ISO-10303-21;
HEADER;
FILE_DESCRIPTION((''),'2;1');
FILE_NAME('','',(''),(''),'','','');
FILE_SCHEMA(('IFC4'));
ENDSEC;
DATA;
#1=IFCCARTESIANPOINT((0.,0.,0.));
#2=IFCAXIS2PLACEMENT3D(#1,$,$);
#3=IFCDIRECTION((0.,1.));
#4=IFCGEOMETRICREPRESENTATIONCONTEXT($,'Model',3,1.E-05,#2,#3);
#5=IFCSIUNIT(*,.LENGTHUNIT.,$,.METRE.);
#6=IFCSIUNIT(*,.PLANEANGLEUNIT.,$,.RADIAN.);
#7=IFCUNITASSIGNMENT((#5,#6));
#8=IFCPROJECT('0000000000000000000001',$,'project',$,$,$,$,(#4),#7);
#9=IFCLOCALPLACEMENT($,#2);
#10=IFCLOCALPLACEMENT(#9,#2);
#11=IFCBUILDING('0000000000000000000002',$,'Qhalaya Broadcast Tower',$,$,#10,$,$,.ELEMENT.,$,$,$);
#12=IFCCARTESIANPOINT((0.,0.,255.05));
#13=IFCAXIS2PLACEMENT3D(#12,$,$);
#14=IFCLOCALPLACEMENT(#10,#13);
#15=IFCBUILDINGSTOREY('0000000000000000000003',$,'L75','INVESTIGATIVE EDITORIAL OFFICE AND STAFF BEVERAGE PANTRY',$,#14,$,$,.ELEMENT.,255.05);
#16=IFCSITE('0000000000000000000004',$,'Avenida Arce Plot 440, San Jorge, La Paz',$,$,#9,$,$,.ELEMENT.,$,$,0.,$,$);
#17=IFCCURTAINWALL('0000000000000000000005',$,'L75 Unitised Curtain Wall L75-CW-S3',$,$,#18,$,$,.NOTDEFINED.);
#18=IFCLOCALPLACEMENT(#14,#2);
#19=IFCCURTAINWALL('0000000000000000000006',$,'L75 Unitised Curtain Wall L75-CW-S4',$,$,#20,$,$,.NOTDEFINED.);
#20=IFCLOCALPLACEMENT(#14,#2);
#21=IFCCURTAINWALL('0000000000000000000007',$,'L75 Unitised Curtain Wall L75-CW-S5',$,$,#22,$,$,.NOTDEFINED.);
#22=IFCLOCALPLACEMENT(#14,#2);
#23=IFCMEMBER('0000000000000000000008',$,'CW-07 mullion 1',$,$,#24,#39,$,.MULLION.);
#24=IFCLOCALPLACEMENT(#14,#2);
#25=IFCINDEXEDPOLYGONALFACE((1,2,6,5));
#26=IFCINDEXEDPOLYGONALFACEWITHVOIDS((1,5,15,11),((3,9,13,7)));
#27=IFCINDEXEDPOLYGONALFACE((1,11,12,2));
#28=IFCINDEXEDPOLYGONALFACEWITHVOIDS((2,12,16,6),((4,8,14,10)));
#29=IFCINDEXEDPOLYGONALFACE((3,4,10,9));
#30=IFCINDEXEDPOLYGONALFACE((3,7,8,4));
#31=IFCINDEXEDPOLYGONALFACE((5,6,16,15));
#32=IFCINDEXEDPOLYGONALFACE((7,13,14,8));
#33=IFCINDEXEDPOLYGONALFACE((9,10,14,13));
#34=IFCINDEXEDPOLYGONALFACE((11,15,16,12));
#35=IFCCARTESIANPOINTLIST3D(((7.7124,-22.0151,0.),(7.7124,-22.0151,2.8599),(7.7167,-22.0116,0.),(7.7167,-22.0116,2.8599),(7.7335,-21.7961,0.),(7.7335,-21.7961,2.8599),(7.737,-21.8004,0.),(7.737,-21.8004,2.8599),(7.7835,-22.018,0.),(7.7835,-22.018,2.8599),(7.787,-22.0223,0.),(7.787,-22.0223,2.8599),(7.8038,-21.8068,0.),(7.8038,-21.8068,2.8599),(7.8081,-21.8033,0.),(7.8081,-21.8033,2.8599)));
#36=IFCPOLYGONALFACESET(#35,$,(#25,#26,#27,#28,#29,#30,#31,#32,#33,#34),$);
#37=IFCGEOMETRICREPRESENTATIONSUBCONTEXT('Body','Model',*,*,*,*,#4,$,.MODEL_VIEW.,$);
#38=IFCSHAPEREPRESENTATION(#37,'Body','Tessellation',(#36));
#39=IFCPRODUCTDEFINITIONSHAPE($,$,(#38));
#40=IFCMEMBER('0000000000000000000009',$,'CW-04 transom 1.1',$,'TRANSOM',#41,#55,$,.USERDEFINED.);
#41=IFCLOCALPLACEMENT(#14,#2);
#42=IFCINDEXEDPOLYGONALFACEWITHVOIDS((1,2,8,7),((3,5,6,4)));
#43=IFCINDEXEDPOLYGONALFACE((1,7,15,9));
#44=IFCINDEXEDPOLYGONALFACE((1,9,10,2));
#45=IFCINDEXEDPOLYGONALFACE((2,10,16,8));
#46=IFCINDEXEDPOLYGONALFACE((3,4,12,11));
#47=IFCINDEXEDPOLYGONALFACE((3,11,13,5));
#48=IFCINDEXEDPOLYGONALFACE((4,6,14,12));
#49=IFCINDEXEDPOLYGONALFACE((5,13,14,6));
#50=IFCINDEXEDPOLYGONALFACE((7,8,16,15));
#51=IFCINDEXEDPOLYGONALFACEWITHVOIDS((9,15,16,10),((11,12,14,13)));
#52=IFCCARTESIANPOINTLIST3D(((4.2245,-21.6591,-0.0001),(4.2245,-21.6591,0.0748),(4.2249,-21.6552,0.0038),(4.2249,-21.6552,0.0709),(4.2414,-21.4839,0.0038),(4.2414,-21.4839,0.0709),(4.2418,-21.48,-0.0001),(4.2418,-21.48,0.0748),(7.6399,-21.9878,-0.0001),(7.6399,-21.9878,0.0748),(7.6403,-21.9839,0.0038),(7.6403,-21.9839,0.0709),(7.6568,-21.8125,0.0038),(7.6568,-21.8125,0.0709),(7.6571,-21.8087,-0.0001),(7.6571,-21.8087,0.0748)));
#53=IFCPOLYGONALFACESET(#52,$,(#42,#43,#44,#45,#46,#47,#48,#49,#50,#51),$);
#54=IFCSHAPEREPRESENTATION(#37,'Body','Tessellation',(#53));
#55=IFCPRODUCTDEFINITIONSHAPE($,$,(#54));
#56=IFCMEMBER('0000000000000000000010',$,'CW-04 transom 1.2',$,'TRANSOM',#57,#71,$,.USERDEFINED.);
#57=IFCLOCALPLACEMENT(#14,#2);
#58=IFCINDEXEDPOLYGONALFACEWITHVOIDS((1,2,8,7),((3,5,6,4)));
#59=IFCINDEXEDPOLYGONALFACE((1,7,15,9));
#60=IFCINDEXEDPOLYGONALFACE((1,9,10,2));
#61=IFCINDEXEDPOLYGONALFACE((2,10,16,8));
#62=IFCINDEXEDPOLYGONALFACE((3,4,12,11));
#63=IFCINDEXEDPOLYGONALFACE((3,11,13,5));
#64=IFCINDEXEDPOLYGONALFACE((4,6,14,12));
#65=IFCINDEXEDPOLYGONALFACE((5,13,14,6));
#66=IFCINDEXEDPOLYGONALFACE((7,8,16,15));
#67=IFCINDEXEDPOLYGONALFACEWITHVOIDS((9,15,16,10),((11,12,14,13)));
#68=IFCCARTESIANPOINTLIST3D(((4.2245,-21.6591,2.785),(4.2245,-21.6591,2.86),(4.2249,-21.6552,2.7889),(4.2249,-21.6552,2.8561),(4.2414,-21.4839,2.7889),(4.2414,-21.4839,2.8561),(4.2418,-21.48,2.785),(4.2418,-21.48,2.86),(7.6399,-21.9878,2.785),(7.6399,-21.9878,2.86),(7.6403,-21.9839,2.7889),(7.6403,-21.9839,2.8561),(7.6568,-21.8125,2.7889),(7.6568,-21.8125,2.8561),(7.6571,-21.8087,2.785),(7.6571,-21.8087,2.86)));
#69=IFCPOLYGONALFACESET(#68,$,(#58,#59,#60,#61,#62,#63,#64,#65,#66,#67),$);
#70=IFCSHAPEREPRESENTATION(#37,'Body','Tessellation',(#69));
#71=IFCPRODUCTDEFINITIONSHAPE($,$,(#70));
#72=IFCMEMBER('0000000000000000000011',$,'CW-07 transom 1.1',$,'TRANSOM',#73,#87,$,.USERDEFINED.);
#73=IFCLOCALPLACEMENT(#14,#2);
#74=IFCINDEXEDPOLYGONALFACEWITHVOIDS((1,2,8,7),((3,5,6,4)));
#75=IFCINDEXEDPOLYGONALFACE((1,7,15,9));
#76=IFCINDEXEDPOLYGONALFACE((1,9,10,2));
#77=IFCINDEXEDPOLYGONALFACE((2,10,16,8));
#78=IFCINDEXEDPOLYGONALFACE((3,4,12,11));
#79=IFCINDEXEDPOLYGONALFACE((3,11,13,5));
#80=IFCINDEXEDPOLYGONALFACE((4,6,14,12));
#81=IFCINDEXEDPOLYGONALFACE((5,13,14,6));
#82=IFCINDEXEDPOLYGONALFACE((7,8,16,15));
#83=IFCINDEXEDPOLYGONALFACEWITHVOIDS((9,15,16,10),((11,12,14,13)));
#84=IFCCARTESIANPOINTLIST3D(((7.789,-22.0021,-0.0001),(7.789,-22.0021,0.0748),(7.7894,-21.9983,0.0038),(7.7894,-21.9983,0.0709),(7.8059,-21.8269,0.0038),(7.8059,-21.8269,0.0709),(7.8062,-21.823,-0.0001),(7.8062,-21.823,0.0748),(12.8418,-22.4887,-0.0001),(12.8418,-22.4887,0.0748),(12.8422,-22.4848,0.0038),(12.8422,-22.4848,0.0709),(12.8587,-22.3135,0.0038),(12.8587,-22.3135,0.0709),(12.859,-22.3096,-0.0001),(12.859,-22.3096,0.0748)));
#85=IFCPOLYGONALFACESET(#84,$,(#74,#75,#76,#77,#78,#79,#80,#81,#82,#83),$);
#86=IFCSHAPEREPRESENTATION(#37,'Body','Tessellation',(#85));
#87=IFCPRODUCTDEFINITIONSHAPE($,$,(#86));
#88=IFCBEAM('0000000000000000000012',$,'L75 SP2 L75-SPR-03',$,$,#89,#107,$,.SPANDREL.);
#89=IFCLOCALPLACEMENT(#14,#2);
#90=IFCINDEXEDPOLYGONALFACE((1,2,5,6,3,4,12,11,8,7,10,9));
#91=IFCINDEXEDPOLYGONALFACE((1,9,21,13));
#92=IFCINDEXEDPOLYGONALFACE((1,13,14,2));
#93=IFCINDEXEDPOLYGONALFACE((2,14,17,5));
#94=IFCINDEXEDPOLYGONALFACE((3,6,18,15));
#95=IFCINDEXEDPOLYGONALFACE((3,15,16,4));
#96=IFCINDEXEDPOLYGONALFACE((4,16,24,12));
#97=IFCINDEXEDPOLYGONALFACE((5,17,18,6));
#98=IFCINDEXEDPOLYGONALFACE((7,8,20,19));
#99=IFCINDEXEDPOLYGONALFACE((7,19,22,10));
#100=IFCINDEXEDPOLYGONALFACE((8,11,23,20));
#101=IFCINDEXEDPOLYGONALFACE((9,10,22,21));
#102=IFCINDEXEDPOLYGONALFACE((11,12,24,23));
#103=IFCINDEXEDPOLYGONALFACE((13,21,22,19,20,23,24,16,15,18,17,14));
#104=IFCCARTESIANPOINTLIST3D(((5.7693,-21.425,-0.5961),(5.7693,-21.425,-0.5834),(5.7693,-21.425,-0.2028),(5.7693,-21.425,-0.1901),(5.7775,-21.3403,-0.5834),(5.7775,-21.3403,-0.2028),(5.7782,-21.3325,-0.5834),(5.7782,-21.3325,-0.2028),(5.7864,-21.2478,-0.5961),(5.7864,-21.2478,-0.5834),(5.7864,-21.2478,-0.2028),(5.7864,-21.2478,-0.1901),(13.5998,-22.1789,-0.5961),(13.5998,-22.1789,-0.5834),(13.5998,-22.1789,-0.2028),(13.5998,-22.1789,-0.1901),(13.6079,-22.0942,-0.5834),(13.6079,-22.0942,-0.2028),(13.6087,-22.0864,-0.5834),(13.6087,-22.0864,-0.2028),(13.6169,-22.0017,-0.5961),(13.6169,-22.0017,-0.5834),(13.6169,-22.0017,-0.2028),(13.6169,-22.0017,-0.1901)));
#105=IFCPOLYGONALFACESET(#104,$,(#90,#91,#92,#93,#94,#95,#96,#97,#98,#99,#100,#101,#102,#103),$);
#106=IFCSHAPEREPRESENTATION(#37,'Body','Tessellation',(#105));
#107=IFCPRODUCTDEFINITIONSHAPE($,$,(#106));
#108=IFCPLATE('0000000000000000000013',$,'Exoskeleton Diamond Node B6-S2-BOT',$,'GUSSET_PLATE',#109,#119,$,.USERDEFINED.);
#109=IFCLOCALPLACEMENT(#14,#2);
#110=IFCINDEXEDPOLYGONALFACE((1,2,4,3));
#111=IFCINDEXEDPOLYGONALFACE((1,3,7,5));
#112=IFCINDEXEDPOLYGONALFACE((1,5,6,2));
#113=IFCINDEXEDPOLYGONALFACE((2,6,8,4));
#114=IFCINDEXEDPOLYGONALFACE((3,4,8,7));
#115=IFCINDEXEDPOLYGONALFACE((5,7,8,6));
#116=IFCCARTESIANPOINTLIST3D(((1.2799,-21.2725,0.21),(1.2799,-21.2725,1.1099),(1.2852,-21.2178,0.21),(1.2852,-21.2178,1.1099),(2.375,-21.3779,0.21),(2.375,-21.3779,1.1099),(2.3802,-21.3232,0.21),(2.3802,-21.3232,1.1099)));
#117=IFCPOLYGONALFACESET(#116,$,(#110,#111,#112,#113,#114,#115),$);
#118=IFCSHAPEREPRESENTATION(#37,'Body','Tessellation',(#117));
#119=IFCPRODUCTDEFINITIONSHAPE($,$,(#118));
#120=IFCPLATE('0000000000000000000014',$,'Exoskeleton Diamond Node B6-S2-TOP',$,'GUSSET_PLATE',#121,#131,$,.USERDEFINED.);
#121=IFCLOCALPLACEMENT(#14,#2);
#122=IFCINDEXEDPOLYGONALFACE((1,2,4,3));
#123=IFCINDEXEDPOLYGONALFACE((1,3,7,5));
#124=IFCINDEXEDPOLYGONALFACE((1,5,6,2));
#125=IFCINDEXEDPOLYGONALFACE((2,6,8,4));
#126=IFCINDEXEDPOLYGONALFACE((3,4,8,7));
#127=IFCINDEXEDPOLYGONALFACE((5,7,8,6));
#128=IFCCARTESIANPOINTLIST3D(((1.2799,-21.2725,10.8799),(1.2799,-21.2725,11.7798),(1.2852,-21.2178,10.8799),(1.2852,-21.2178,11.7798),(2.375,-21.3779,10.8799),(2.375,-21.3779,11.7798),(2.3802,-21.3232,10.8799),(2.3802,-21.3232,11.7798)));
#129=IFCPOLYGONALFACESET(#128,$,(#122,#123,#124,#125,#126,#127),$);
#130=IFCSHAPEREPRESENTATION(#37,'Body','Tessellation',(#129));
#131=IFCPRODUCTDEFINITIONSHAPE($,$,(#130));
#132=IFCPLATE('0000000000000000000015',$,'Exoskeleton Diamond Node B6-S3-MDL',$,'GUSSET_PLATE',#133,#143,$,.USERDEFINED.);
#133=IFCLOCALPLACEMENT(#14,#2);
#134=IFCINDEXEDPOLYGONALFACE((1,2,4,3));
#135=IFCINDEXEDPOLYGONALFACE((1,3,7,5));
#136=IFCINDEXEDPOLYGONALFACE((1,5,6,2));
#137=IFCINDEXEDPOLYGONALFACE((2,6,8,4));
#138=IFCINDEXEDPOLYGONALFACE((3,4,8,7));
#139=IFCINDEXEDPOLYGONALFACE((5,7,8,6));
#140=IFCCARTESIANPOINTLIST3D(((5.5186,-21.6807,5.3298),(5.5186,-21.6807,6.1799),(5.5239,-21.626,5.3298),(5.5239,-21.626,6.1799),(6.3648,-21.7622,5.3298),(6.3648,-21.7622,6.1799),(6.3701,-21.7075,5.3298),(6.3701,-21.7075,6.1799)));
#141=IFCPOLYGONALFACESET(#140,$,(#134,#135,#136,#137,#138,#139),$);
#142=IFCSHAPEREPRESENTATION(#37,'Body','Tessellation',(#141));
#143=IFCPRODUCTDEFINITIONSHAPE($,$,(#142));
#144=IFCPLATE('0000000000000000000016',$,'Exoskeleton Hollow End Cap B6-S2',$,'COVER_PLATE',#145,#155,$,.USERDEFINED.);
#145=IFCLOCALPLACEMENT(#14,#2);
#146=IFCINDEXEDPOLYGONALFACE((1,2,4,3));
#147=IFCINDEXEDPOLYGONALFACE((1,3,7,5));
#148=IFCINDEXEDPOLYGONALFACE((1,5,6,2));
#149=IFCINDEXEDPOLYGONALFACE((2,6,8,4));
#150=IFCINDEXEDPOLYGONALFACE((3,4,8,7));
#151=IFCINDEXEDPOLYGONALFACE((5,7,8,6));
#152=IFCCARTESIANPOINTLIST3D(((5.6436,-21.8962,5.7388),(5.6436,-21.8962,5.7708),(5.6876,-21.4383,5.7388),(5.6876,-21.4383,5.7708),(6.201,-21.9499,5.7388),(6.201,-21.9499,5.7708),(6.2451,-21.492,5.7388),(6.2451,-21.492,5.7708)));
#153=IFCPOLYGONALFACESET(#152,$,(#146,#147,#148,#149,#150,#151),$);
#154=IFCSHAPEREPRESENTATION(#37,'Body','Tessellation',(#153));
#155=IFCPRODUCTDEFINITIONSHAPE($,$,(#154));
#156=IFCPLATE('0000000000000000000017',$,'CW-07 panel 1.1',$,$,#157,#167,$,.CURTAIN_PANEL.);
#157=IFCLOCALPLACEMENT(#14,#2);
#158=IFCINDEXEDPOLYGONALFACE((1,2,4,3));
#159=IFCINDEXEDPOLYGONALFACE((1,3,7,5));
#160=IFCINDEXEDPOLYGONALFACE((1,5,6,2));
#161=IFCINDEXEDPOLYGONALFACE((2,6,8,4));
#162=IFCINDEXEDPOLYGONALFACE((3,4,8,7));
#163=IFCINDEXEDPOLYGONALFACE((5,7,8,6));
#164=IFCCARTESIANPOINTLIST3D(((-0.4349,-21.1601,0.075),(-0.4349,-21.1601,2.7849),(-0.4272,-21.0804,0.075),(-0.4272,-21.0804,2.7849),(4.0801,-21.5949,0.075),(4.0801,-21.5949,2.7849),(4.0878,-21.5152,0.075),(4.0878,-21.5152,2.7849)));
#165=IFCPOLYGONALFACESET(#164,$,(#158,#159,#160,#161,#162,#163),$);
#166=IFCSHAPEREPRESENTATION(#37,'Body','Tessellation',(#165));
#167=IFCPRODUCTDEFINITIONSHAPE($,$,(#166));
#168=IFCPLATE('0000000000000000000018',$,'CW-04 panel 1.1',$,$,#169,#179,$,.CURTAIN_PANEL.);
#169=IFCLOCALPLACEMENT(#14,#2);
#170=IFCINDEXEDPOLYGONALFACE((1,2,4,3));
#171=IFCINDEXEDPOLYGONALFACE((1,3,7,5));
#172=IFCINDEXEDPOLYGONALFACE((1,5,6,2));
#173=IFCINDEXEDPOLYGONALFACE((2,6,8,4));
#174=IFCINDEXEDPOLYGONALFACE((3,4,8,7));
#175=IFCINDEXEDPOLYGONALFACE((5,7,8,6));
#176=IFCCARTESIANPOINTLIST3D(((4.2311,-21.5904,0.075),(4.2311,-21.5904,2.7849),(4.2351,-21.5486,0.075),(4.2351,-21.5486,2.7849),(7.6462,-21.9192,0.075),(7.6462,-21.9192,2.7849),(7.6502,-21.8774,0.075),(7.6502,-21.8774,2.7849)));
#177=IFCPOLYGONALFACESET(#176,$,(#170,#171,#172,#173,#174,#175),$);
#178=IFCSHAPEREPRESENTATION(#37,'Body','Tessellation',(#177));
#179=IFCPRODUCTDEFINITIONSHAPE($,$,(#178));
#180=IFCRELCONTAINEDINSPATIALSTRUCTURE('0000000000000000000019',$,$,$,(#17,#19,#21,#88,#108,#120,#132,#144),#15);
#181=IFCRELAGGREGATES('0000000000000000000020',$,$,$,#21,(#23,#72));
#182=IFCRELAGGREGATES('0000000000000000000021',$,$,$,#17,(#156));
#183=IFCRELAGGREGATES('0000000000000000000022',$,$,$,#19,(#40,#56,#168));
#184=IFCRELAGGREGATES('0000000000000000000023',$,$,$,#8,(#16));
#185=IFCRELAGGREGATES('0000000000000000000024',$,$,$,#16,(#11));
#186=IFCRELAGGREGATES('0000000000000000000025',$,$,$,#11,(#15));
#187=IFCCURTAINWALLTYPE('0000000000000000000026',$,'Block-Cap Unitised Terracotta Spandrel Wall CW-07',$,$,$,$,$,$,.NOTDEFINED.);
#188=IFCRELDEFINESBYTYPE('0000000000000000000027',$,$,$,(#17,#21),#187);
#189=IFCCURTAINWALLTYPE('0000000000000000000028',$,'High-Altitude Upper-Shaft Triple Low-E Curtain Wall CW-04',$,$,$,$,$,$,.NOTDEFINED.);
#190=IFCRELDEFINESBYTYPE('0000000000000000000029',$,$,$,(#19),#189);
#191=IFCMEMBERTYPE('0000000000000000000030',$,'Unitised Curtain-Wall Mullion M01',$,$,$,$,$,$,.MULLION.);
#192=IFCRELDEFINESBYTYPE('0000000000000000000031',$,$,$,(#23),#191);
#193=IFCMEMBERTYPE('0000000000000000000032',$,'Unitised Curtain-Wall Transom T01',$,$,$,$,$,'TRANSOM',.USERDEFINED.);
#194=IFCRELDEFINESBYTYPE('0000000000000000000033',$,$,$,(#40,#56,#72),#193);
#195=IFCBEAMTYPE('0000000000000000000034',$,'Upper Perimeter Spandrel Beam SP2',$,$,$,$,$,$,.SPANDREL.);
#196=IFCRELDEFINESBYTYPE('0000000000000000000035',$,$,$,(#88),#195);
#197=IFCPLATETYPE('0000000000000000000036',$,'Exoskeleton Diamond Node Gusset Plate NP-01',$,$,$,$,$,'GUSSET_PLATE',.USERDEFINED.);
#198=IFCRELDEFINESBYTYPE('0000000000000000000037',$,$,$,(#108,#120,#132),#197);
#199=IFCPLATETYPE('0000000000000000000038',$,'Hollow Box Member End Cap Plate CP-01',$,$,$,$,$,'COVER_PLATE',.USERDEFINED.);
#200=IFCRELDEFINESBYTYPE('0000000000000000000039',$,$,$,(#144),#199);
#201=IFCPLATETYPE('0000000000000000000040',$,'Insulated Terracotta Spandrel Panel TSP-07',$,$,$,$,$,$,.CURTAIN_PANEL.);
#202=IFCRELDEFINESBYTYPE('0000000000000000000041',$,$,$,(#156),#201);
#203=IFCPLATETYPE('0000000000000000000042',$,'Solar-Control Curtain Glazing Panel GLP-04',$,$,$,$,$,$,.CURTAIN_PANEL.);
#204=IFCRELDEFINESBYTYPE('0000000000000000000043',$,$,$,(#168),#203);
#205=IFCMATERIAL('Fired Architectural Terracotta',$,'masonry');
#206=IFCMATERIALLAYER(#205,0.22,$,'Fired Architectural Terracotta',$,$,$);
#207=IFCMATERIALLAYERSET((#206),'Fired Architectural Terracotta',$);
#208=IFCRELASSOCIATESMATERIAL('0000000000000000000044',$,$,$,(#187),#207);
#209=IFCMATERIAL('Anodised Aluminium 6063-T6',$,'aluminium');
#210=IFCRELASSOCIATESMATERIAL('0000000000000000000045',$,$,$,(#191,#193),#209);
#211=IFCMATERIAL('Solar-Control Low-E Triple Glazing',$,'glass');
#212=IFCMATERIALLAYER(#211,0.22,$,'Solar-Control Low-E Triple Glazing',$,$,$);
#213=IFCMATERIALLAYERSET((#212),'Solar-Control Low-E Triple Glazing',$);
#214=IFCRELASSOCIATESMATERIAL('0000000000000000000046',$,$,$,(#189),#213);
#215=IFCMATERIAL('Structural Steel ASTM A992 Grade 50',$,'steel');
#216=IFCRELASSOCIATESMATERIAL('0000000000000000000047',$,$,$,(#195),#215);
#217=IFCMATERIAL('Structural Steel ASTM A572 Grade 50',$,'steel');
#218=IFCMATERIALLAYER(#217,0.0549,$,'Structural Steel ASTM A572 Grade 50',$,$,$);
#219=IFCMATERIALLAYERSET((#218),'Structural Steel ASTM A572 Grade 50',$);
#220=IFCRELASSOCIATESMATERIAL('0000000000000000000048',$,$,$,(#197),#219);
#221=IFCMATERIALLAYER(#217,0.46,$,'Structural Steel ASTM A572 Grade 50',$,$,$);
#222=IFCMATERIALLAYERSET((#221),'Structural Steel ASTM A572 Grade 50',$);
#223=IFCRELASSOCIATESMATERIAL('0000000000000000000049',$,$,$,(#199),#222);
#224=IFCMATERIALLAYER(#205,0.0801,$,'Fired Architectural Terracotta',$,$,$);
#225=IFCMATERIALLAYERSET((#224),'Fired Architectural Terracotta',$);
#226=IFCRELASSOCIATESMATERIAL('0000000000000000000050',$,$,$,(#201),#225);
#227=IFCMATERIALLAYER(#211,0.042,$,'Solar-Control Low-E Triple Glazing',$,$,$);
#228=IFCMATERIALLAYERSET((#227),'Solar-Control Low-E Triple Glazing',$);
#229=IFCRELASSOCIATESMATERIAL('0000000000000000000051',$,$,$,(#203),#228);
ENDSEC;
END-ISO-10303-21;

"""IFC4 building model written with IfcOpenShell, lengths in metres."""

from ifc_helpers import new_model, si_unit, direction, frame, origin, origin_2d, place, context, subcontext, project, spatial, rectangle, hollow_rectangle, i_section, extrude, material, layer, layer_set, material_profile, profile_set, type_object, element, aggregate, save


model = new_model("IFC4")

# Units and contexts
model_context = context("Model", 3, precision=1e-05, world=origin(), true_north=direction((0.0, 1.0)))
body_context = subcontext(model_context, "Body", "Model", "MODEL_VIEW")
ifc_project = project(units=[si_unit("LENGTHUNIT", "METRE"), si_unit("PLANEANGLEUNIT", "RADIAN")], contexts=[model_context])

# Site, building, storey
site_placement = place(None, origin())
site = spatial("IfcSite", under=ifc_project, at=site_placement, Name="Avenida Arce Plot 440, San Jorge, La Paz", CompositionType="ELEMENT", RefElevation=0.0)
building_placement = place(site_placement, origin())
building = spatial("IfcBuilding", under=site, at=building_placement, Name="Qhalaya Broadcast Tower", CompositionType="ELEMENT")
storey_placement = place(building_placement, frame((0.0, 0.0, 255.05)))
storey = spatial("IfcBuildingStorey", under=building, at=storey_placement, Name="L75", Description="INVESTIGATIVE EDITORIAL OFFICE AND STAFF BEVERAGE PANTRY", CompositionType="ELEMENT", Elevation=255.05)

# Shared definitions
ifc_material_1 = material(Name="Structural Steel ASTM A572 Grade 50", Category="steel")

# Shared definitions
ifc_material_2 = material(Name="Structural Steel ASTM A992 Grade 50", Category="steel")

# Curtain wall
ifc_material_3 = material(Name="Fired Architectural Terracotta", Category="masonry")
ifc_layer_1 = layer(ifc_material_3, 0.22, Name="Fired Architectural Terracotta")
ifc_layer_set_1 = layer_set([ifc_layer_1], Name="Fired Architectural Terracotta")
curtain_wall_type_1 = type_object("IfcCurtainWallType", Name="Block-Cap Unitised Terracotta Spandrel Wall CW-07", PredefinedType="NOTDEFINED", material=ifc_layer_set_1)
curtain_wall_1_placement = place(storey_placement, origin())
curtain_wall_1 = element("IfcCurtainWall", 1, at=curtain_wall_1_placement, inside=storey, type_object=curtain_wall_type_1, Name="L75 Unitised Curtain Wall L75-CW-S3", PredefinedType="NOTDEFINED")
ifc_material_4 = material(Name="Anodised Aluminium 6063-T6", Category="aluminium")
ifc_material_profile_1 = material_profile(ifc_material_4, hollow_rectangle(XDim=0.075, YDim=0.22, WallThickness=0.0039, at=origin_2d()), Name="ALU-MUL 75x220x4")
ifc_profile_set_1 = profile_set([ifc_material_profile_1], Name="Anodised Aluminium 6063-T6")
member_type_1 = type_object("IfcMemberType", Name="Unitised Curtain-Wall Mullion M01", PredefinedType="MULLION", material=ifc_profile_set_1)

# Curtain wall
ifc_material_5 = material(Name="Solar-Control Low-E Triple Glazing", Category="glass")
ifc_layer_2 = layer(ifc_material_5, 0.22, Name="Solar-Control Low-E Triple Glazing")
ifc_layer_set_2 = layer_set([ifc_layer_2], Name="Solar-Control Low-E Triple Glazing")
curtain_wall_type_2 = type_object("IfcCurtainWallType", Name="High-Altitude Upper-Shaft Triple Low-E Curtain Wall CW-04", PredefinedType="NOTDEFINED", material=ifc_layer_set_2)
curtain_wall_2_placement = place(storey_placement, origin())
curtain_wall_2 = element("IfcCurtainWall", 2, at=curtain_wall_2_placement, inside=storey, type_object=curtain_wall_type_2, Name="L75 Unitised Curtain Wall L75-CW-S4", PredefinedType="NOTDEFINED")

# Curtain wall, member
curtain_wall_3_placement = place(storey_placement, origin())
curtain_wall_3 = element("IfcCurtainWall", 3, at=curtain_wall_3_placement, inside=storey, type_object=curtain_wall_type_1, Name="L75 Unitised Curtain Wall L75-CW-S5", PredefinedType="NOTDEFINED")
member_1_placement = place(storey_placement, frame((7.7603, -21.9092, 0.0), z_axis=(0.0, 0.0, 1.0), x_axis=(0.995396, -0.095848, 0.0)))
member_1 = element("IfcMember", 4, at=member_1_placement, type_object=member_type_1, Name="CW-07 mullion 1", PredefinedType="MULLION", context=body_context, shape_type="SweptSolid", body=[
    extrude(hollow_rectangle(XDim=0.075, YDim=0.22, WallThickness=0.0039, at=origin_2d()), origin(), (0.0, 0.0, 1.0), 2.8599),
])

# Members
ifc_material_profile_2 = material_profile(ifc_material_4, hollow_rectangle(XDim=0.075, YDim=0.1799, WallThickness=0.0039, at=origin_2d()), Name="ALU-TRN 75x180x4")
ifc_profile_set_2 = profile_set([ifc_material_profile_2], Name="Anodised Aluminium 6063-T6")
member_type_2 = type_object("IfcMemberType", Name="Unitised Curtain-Wall Transom T01", ElementType="TRANSOM", PredefinedType="USERDEFINED", material=ifc_profile_set_2)
member_2_placement = place(storey_placement, frame((4.2332, -21.5696, 0.0374), z_axis=(0.995403, -0.095776, 0.0), x_axis=(0.0, 0.0, 1.0)))
member_2 = element("IfcMember", 5, at=member_2_placement, type_object=member_type_2, Name="CW-04 transom 1.1", ObjectType="TRANSOM", PredefinedType="USERDEFINED", context=body_context, shape_type="SweptSolid", body=[
    extrude(hollow_rectangle(XDim=0.075, YDim=0.1799, WallThickness=0.0039, at=origin_2d()), origin(), (0.0, 0.0, 1.0), 3.4312),
])
member_3_placement = place(storey_placement, frame((4.2332, -21.5696, 2.8225), z_axis=(0.995403, -0.095776, 0.0), x_axis=(0.0, 0.0, 1.0)))
member_3 = element("IfcMember", 6, at=member_3_placement, type_object=member_type_2, Name="CW-04 transom 1.2", ObjectType="TRANSOM", PredefinedType="USERDEFINED", context=body_context, shape_type="SweptSolid", body=[
    extrude(hollow_rectangle(XDim=0.075, YDim=0.1799, WallThickness=0.0039, at=origin_2d()), origin(), (0.0, 0.0, 1.0), 3.4312),
])
member_4_placement = place(storey_placement, frame((7.7976, -21.9126, 0.0374), z_axis=(0.995395, -0.095855, 0.0), x_axis=(0.0, 0.0, 1.0)))
member_4 = element("IfcMember", 7, at=member_4_placement, type_object=member_type_2, Name="CW-07 transom 1.1", ObjectType="TRANSOM", PredefinedType="USERDEFINED", context=body_context, shape_type="SweptSolid", body=[
    extrude(hollow_rectangle(XDim=0.075, YDim=0.1799, WallThickness=0.0039, at=origin_2d()), origin(), (0.0, 0.0, 1.0), 5.0762),
])
aggregate(curtain_wall_3, [member_1, member_4])

# Beam
ifc_material_profile_3 = material_profile(ifc_material_2, i_section(OverallWidth=0.178, OverallDepth=0.406, WebThickness=0.0078, FlangeThickness=0.0127, at=origin_2d()), Name="W16X40")
ifc_profile_set_3 = profile_set([ifc_material_profile_3], Name="Structural Steel ASTM A992 Grade 50")
beam_type_1 = type_object("IfcBeamType", Name="Upper Perimeter Spandrel Beam SP2", PredefinedType="SPANDREL", material=ifc_profile_set_3)
beam_1_placement = place(storey_placement, frame((5.7778, -21.3364, -0.3931), z_axis=(0.995397, -0.095834, 0.0), x_axis=(0.095834, 0.995397, 0.0)))
element("IfcBeam", 8, at=beam_1_placement, inside=storey, type_object=beam_type_1, Name="L75 SP2 L75-SPR-03", PredefinedType="SPANDREL", context=body_context, shape_type="SweptSolid", body=[
    extrude(i_section(OverallWidth=0.178, OverallDepth=0.406, WebThickness=0.0078, FlangeThickness=0.0127, at=origin_2d()), origin(), (0.0, 0.0, 1.0), 7.8667),
])

# Plates
ifc_layer_3 = layer(ifc_material_1, 0.0549, Name="Structural Steel ASTM A572 Grade 50")
ifc_layer_set_3 = layer_set([ifc_layer_3], Name="Structural Steel ASTM A572 Grade 50")
plate_type_1 = type_object("IfcPlateType", Name="Exoskeleton Diamond Node Gusset Plate NP-01", ElementType="GUSSET_PLATE", PredefinedType="USERDEFINED", material=ifc_layer_set_3)
for number, where, z_axis, x_axis, name in (
    (9, (1.8301, -21.2979, 0.21), (0.0, 0.0, 1.0), (0.995396, -0.095846, 0.0), "Exoskeleton Diamond Node B6-S2-BOT"),
    (10, (1.8301, -21.2979, 10.8799), (0.0, 0.0, 1.0), (0.995396, -0.095846, 0.0), "Exoskeleton Diamond Node B6-S2-TOP"),
):
    element("IfcPlate", number, at=place(storey_placement, frame(where, z_axis=z_axis, x_axis=x_axis)), inside=storey, type_object=plate_type_1, Name=name, ObjectType="GUSSET_PLATE", PredefinedType="USERDEFINED", context=body_context, shape_type="SweptSolid", body=[
        extrude(rectangle(XDim=1.1001, YDim=0.0549, at=origin_2d()), origin(), (0.0, 0.0, 1.0), 0.8999),
    ])
plate_1_placement = place(storey_placement, frame((5.9443, -21.6941, 5.3298), z_axis=(0.0, 0.0, 1.0), x_axis=(0.995396, -0.095846, 0.0)))
element("IfcPlate", 11, at=plate_1_placement, inside=storey, type_object=plate_type_1, Name="Exoskeleton Diamond Node B6-S3-MDL", ObjectType="GUSSET_PLATE", PredefinedType="USERDEFINED", context=body_context, shape_type="SweptSolid", body=[
    extrude(rectangle(XDim=0.8501, YDim=0.0549, at=origin_2d()), origin(), (0.0, 0.0, 1.0), 0.8501),
])
ifc_layer_4 = layer(ifc_material_1, 0.46, Name="Structural Steel ASTM A572 Grade 50")
ifc_layer_set_4 = layer_set([ifc_layer_4], Name="Structural Steel ASTM A572 Grade 50")
plate_type_2 = type_object("IfcPlateType", Name="Hollow Box Member End Cap Plate CP-01", ElementType="COVER_PLATE", PredefinedType="USERDEFINED", material=ifc_layer_set_4)
plate_2_placement = place(storey_placement, frame((5.9443, -21.6941, 5.7388), z_axis=(0.0, 0.0, 1.0), x_axis=(0.995396, -0.095846, 0.0)))
element("IfcPlate", 12, at=plate_2_placement, inside=storey, type_object=plate_type_2, Name="Exoskeleton Hollow End Cap B6-S2", ObjectType="COVER_PLATE", PredefinedType="USERDEFINED", context=body_context, shape_type="SweptSolid", body=[
    extrude(rectangle(XDim=0.5601, YDim=0.46, at=origin_2d()), origin(), (0.0, 0.0, 1.0), 0.032),
])

# Plates
ifc_layer_5 = layer(ifc_material_3, 0.0801, Name="Fired Architectural Terracotta")
ifc_layer_set_5 = layer_set([ifc_layer_5], Name="Fired Architectural Terracotta")
plate_type_3 = type_object("IfcPlateType", Name="Insulated Terracotta Spandrel Panel TSP-07", PredefinedType="CURTAIN_PANEL", material=ifc_layer_set_5)
plate_3_placement = place(storey_placement, frame((1.8264, -21.3376, 0.075), z_axis=(0.0, 0.0, 1.0), x_axis=(0.995395, -0.09586, 0.0)))
plate_3 = element("IfcPlate", 13, at=plate_3_placement, type_object=plate_type_3, Name="CW-07 panel 1.1", PredefinedType="CURTAIN_PANEL", context=body_context, shape_type="SweptSolid", body=[
    extrude(rectangle(XDim=4.5359, YDim=0.0801, at=origin_2d()), origin(), (0.0, 0.0, 1.0), 2.71),
])
aggregate(curtain_wall_1, [plate_3])
ifc_layer_6 = layer(ifc_material_5, 0.042, Name="Solar-Control Low-E Triple Glazing")
ifc_layer_set_6 = layer_set([ifc_layer_6], Name="Solar-Control Low-E Triple Glazing")
plate_type_4 = type_object("IfcPlateType", Name="Solar-Control Curtain Glazing Panel GLP-04", PredefinedType="CURTAIN_PANEL", material=ifc_layer_set_6)
plate_4_placement = place(storey_placement, frame((5.9407, -21.7339, 0.075), z_axis=(0.0, 0.0, 1.0), x_axis=(0.995397, -0.09584, 0.0)))
plate_4 = element("IfcPlate", 14, at=plate_4_placement, type_object=plate_type_4, Name="CW-04 panel 1.1", PredefinedType="CURTAIN_PANEL", context=body_context, shape_type="SweptSolid", body=[
    extrude(rectangle(XDim=3.4309, YDim=0.042, at=origin_2d()), origin(), (0.0, 0.0, 1.0), 2.71),
])
aggregate(curtain_wall_2, [member_2, member_3, plate_4])

save(model, "model.ifc")
